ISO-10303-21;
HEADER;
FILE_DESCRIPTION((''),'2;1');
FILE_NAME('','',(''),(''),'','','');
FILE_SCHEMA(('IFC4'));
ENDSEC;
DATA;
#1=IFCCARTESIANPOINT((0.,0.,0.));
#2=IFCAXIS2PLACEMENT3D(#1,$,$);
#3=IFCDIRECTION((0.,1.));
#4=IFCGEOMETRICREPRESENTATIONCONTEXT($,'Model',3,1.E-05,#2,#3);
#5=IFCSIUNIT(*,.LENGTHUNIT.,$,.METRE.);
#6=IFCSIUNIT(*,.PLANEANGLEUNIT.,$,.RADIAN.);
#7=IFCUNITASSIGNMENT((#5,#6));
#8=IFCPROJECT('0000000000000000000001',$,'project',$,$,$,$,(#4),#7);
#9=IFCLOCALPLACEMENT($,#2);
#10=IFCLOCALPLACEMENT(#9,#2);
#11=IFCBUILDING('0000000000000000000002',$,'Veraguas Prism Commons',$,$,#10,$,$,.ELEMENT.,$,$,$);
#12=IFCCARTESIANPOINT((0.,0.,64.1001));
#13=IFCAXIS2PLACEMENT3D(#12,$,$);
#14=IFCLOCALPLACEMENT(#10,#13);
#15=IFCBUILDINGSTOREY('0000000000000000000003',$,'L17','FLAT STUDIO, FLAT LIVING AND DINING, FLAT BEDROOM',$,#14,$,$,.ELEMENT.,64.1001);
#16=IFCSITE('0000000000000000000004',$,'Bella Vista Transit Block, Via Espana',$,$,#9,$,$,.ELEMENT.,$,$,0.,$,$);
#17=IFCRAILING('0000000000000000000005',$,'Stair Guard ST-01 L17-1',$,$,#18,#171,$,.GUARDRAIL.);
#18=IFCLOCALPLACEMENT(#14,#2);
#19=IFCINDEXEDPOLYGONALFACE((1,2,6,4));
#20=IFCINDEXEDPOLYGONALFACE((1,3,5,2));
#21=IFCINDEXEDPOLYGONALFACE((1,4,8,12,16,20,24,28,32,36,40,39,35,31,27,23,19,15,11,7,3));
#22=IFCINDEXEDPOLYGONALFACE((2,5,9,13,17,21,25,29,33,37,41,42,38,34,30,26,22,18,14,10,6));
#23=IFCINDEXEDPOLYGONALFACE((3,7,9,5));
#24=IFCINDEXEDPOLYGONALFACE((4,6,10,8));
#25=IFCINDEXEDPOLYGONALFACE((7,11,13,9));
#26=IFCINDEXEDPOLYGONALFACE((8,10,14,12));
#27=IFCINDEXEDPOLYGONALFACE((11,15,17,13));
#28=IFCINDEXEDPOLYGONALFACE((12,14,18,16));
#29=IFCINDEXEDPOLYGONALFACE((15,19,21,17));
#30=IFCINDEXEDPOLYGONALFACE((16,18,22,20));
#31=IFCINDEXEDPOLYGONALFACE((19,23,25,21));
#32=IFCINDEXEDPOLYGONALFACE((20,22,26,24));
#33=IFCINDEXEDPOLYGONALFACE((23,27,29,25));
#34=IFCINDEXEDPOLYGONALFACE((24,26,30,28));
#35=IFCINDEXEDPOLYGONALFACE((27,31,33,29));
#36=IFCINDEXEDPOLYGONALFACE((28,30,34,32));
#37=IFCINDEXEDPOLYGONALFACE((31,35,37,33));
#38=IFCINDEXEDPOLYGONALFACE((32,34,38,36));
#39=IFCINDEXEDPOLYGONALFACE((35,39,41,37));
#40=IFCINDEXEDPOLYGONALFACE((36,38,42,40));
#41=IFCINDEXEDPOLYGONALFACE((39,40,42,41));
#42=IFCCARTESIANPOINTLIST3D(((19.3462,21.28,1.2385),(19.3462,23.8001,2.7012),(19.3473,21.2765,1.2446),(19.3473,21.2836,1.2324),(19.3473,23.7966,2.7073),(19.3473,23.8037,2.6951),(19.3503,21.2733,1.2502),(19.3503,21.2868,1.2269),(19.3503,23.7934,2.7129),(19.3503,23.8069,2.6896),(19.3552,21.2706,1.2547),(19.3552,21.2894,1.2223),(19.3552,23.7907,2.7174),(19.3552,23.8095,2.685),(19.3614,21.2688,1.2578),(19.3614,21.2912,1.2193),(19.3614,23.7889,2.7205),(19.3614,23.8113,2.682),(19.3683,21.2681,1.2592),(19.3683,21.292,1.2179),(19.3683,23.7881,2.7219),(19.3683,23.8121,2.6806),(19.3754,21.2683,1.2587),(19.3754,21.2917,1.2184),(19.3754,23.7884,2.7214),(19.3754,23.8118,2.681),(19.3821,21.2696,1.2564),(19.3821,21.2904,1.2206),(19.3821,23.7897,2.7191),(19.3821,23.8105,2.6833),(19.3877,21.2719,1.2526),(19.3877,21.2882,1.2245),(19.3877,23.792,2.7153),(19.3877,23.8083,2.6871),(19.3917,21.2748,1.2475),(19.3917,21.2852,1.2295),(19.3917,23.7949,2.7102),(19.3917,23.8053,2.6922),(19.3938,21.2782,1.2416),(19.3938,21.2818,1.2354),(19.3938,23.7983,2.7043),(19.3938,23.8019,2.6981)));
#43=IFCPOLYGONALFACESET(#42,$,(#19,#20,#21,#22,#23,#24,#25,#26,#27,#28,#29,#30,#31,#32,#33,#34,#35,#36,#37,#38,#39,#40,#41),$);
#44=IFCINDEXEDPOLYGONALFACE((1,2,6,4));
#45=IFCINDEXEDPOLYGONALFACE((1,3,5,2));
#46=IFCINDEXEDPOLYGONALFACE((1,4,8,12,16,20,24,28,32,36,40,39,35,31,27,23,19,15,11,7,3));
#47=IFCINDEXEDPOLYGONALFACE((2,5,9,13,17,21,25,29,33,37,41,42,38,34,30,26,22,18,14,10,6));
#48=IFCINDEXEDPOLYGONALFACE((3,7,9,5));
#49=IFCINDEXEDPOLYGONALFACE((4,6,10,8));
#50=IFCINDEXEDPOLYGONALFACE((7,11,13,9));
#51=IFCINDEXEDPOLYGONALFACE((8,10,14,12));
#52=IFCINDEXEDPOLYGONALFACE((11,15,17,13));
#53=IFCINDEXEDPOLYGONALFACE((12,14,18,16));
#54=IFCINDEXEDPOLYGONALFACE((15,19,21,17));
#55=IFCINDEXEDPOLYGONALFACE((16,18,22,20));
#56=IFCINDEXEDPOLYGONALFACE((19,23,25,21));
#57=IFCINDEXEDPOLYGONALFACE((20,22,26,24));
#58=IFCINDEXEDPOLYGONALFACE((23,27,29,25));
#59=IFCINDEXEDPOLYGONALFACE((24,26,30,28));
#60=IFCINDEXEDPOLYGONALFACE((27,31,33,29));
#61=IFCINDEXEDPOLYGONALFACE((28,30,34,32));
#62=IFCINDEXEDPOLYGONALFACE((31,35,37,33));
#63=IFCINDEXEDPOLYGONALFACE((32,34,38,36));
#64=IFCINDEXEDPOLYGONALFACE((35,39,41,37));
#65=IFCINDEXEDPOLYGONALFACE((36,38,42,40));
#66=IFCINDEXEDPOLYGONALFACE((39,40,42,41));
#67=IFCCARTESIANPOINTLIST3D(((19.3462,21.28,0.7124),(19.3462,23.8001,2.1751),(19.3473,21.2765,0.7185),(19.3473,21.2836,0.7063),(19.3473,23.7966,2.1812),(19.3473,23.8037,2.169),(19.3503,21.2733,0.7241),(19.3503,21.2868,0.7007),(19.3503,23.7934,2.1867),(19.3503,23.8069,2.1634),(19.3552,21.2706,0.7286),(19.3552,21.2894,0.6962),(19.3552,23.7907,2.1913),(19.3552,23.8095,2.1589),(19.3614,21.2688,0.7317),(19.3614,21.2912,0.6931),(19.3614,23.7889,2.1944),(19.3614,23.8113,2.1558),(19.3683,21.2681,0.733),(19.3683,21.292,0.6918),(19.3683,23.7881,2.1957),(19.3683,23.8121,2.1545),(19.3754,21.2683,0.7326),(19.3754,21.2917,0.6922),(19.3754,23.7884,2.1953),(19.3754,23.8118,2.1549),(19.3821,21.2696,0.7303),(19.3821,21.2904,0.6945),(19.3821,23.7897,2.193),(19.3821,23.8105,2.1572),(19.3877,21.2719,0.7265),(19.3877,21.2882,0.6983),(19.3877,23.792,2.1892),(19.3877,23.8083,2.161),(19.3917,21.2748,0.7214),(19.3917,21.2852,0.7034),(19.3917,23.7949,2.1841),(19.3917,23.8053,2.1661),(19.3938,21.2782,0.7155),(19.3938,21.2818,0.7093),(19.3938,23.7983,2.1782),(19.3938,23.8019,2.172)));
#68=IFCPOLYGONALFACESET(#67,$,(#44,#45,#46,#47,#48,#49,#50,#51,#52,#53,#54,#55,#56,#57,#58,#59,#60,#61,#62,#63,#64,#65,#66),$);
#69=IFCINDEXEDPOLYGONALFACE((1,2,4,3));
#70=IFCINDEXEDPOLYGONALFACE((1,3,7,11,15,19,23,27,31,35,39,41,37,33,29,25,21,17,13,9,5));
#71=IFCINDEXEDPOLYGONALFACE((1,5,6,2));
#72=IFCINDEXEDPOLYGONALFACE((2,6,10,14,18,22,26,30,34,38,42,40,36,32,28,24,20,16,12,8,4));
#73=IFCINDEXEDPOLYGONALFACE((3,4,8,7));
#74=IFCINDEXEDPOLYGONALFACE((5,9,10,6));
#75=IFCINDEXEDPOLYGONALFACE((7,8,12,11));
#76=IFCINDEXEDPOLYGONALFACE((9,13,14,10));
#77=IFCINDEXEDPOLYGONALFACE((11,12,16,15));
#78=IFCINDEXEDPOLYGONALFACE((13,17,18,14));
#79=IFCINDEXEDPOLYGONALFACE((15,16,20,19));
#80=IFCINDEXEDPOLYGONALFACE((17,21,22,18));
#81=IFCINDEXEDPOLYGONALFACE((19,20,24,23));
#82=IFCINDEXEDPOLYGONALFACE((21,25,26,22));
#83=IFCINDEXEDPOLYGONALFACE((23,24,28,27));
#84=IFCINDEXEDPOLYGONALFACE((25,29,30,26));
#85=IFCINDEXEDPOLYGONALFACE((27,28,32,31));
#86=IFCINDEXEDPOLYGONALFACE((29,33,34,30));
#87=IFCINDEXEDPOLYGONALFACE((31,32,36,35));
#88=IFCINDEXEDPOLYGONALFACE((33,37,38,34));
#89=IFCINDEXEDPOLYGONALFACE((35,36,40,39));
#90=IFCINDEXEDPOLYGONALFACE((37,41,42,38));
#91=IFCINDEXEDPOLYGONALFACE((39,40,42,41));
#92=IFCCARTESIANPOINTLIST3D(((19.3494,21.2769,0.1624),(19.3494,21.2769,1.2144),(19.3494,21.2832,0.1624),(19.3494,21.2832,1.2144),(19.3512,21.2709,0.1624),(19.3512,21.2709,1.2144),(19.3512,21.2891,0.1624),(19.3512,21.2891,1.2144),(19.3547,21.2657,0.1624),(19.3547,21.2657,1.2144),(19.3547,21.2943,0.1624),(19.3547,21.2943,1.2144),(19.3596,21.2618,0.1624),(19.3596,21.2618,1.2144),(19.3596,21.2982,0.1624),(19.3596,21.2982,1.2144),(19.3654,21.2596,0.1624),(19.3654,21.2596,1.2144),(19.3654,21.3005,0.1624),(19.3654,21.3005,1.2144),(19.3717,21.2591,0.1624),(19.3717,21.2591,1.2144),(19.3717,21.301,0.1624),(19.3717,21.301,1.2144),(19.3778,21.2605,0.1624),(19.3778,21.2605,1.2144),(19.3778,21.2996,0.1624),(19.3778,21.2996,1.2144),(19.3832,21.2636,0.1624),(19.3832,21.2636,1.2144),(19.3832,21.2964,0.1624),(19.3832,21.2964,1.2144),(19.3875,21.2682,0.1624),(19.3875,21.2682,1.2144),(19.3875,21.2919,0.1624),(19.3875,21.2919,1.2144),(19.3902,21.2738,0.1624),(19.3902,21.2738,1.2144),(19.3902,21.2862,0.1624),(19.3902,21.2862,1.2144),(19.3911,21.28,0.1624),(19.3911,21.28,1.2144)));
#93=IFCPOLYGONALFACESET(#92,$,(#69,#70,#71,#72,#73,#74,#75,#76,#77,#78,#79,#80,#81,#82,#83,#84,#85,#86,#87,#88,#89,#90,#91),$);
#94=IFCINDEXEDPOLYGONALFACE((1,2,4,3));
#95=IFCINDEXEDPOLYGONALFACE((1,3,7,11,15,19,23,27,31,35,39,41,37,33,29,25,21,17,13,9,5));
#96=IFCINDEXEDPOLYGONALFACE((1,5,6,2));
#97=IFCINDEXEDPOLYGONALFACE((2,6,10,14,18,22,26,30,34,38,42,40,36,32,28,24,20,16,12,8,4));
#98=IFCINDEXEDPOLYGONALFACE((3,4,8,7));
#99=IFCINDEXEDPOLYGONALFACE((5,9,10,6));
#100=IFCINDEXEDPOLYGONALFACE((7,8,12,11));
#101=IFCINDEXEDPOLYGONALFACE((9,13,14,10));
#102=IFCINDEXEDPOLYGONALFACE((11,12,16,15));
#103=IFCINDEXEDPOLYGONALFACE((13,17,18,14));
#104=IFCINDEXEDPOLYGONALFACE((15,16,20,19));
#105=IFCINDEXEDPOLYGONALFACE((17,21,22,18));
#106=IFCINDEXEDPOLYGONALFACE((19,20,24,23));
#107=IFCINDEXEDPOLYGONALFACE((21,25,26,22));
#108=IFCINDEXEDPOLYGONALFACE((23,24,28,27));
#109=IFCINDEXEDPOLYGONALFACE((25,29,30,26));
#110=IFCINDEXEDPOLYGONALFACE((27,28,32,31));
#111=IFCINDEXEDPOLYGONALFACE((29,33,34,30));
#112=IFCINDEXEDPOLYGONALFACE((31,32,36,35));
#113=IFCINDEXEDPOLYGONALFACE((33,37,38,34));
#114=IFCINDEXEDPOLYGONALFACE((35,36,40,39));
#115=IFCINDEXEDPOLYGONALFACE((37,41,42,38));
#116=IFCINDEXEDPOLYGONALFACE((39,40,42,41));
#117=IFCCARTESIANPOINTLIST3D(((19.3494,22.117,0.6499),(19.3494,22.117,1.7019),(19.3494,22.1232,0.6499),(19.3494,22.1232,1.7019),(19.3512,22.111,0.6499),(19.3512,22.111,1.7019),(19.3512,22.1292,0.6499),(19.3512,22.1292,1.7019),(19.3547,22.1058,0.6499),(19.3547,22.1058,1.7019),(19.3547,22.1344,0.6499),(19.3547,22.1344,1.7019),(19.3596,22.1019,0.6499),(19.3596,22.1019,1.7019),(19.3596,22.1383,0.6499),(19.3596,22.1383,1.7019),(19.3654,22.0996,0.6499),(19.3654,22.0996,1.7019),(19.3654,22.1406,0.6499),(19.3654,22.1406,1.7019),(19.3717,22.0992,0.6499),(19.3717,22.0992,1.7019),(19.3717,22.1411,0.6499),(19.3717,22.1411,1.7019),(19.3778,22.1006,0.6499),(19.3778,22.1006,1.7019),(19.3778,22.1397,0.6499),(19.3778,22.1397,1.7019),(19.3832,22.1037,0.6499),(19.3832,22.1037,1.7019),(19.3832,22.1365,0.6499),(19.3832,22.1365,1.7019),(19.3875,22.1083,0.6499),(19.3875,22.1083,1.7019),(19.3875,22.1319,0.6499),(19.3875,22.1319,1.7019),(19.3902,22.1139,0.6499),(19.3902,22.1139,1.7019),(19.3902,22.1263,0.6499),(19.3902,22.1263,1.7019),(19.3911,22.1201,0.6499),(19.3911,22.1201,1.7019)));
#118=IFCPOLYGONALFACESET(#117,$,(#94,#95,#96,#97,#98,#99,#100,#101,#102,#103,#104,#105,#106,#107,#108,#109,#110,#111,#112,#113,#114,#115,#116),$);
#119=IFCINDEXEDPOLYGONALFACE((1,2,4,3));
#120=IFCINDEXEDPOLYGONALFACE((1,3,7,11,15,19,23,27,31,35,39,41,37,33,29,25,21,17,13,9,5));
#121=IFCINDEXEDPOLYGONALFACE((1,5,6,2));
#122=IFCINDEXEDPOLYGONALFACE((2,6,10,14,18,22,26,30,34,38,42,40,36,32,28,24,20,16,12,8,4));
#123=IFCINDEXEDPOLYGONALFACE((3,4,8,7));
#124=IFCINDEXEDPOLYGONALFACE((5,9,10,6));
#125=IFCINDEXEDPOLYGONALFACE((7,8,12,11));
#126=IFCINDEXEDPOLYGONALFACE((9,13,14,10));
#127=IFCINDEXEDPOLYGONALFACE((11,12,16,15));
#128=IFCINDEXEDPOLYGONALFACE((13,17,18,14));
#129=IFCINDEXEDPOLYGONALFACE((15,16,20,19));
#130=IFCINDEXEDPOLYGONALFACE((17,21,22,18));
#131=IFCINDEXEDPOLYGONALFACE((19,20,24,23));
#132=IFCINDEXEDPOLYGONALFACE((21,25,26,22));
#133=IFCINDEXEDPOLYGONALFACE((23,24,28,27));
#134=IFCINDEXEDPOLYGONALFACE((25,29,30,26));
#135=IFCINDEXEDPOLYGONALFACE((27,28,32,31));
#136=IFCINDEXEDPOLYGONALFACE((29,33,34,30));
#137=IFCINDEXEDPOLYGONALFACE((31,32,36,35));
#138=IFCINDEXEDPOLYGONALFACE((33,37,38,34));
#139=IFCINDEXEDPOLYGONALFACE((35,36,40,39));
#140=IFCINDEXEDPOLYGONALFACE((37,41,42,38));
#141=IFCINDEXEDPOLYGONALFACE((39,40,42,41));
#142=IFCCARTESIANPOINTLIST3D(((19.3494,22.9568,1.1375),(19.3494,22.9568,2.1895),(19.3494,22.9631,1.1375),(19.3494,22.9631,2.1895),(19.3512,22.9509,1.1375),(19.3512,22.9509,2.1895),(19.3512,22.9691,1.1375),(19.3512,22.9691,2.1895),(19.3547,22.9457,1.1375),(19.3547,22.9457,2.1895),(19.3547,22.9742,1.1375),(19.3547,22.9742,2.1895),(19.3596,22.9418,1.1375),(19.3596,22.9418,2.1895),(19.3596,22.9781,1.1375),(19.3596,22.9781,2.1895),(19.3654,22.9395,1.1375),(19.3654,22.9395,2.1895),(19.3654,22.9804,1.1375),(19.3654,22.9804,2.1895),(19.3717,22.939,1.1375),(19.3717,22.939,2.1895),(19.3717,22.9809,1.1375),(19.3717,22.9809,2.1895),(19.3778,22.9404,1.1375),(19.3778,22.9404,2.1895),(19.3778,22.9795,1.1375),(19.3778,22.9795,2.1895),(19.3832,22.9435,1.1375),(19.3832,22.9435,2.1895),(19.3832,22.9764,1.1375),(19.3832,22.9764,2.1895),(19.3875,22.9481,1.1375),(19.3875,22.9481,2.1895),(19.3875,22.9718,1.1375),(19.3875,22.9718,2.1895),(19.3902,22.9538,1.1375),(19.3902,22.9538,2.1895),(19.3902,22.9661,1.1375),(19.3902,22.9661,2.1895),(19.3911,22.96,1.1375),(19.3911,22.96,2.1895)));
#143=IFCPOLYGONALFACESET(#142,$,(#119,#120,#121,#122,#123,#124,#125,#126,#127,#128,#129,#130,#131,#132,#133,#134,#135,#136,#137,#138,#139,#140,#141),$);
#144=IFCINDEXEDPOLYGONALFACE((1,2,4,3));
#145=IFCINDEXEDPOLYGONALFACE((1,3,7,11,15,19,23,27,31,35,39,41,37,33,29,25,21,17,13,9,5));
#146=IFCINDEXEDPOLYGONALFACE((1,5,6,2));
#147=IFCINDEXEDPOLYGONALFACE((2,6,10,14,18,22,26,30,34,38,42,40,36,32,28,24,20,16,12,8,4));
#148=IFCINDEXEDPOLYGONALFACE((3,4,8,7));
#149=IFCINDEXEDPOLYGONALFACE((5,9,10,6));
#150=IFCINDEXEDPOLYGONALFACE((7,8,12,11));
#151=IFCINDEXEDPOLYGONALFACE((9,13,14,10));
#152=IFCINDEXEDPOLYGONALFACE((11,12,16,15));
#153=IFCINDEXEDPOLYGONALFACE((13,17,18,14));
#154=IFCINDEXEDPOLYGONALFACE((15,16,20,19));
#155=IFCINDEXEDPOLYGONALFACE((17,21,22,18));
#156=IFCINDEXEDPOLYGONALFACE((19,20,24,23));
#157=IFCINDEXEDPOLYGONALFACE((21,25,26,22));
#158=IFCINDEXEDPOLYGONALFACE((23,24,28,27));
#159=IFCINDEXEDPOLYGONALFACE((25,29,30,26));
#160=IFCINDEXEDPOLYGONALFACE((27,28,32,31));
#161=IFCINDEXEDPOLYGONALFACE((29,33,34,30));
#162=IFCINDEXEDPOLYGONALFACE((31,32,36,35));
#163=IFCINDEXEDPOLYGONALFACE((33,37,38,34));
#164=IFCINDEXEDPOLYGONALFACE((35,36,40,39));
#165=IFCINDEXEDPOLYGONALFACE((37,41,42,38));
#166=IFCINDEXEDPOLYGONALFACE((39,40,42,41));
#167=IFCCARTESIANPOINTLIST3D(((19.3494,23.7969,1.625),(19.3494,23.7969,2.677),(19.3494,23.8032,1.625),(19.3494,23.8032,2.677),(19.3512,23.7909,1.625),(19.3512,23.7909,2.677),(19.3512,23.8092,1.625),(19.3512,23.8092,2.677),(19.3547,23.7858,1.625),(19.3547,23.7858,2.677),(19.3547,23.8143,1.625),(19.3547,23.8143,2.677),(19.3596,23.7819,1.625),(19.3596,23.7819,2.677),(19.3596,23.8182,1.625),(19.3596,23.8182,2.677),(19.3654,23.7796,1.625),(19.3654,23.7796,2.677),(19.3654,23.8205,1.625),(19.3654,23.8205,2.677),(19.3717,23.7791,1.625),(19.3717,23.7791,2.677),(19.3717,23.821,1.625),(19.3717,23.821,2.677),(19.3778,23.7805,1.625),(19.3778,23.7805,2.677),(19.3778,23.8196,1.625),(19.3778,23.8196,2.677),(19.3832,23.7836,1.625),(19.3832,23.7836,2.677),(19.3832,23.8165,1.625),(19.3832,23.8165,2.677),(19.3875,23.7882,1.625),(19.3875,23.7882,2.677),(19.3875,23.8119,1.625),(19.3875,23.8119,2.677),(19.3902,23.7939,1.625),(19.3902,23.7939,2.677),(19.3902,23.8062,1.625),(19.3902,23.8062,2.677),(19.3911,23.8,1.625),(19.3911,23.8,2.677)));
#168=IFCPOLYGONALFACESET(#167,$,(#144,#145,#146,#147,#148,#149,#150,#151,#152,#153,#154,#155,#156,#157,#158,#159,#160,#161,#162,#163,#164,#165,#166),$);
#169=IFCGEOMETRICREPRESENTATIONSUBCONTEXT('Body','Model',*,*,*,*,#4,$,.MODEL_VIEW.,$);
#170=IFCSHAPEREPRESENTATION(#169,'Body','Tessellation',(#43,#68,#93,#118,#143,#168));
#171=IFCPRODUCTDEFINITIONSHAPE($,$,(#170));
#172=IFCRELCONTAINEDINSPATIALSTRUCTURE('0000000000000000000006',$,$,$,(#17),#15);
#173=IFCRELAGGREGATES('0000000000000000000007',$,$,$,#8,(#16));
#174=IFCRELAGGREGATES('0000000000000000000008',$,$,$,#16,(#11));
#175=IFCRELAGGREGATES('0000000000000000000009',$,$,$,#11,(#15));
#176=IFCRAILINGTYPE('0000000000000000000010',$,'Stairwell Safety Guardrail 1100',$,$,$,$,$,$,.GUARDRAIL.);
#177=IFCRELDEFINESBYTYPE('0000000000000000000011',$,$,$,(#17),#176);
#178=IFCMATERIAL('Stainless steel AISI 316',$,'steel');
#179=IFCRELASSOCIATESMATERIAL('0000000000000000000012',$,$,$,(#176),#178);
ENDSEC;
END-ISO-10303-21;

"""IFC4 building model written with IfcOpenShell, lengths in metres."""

from ifc_helpers import new_model, si_unit, direction, frame, origin, origin_2d, place, context, subcontext, project, spatial, circle, extrude, material, type_object, element, save


model = new_model("IFC4")

# Units and contexts
model_context = context("Model", 3, precision=1e-05, world=origin(), true_north=direction((0.0, 1.0)))
body_context = subcontext(model_context, "Body", "Model", "MODEL_VIEW")
ifc_project = project(units=[si_unit("LENGTHUNIT", "METRE"), si_unit("PLANEANGLEUNIT", "RADIAN")], contexts=[model_context])

# Site, building, storey
site_placement = place(None, origin())
site = spatial("IfcSite", under=ifc_project, at=site_placement, Name="Bella Vista Transit Block, Via Espana", CompositionType="ELEMENT", RefElevation=0.0)
building_placement = place(site_placement, origin())
building = spatial("IfcBuilding", under=site, at=building_placement, Name="Veraguas Prism Commons", CompositionType="ELEMENT")
storey_placement = place(building_placement, frame((0.0, 0.0, 64.1001)))
storey = spatial("IfcBuildingStorey", under=building, at=storey_placement, Name="L17", Description="FLAT STUDIO, FLAT LIVING AND DINING, FLAT BEDROOM", CompositionType="ELEMENT", Elevation=64.1001)

# Railing
ifc_material_1 = material(Name="Stainless steel AISI 316", Category="steel")
railing_type_1 = type_object("IfcRailingType", Name="Stairwell Safety Guardrail 1100", PredefinedType="GUARDRAIL", material=ifc_material_1)
railing_1_placement = place(storey_placement, frame((19.3701, 21.28, 0.1624)))
element("IfcRailing", 1, at=railing_1_placement, inside=storey, type_object=railing_type_1, Name="Stair Guard ST-01 L17-1", PredefinedType="GUARDRAIL", context=body_context, shape_type="SweptSolid", body=[
    extrude(circle(Radius=0.0239, at=origin_2d()), frame((0.0, 0.0, 1.0762), z_axis=(0.0, 0.864877, 0.501984), x_axis=(-1.0, 0.0, 0.0)), (0.0, 0.0, 1.0), 2.9138),
    extrude(circle(Radius=0.0239, at=origin_2d()), frame((0.0, 0.0, 0.55), z_axis=(0.0, 0.864877, 0.501984), x_axis=(-1.0, 0.0, 0.0)), (0.0, 0.0, 1.0), 2.9138),
    extrude(circle(Radius=0.021, at=origin_2d()), origin(), (0.0, 0.0, 1.0), 1.052),
    extrude(circle(Radius=0.021, at=origin_2d()), frame((0.0, 0.8401, 0.4875)), (0.0, 0.0, 1.0), 1.052),
    extrude(circle(Radius=0.021, at=origin_2d()), frame((0.0, 1.6799, 0.9751)), (0.0, 0.0, 1.0), 1.052),
    extrude(circle(Radius=0.021, at=origin_2d()), frame((0.0, 2.52, 1.4626)), (0.0, 0.0, 1.0), 1.052),
])

save(model, "model.ifc")
